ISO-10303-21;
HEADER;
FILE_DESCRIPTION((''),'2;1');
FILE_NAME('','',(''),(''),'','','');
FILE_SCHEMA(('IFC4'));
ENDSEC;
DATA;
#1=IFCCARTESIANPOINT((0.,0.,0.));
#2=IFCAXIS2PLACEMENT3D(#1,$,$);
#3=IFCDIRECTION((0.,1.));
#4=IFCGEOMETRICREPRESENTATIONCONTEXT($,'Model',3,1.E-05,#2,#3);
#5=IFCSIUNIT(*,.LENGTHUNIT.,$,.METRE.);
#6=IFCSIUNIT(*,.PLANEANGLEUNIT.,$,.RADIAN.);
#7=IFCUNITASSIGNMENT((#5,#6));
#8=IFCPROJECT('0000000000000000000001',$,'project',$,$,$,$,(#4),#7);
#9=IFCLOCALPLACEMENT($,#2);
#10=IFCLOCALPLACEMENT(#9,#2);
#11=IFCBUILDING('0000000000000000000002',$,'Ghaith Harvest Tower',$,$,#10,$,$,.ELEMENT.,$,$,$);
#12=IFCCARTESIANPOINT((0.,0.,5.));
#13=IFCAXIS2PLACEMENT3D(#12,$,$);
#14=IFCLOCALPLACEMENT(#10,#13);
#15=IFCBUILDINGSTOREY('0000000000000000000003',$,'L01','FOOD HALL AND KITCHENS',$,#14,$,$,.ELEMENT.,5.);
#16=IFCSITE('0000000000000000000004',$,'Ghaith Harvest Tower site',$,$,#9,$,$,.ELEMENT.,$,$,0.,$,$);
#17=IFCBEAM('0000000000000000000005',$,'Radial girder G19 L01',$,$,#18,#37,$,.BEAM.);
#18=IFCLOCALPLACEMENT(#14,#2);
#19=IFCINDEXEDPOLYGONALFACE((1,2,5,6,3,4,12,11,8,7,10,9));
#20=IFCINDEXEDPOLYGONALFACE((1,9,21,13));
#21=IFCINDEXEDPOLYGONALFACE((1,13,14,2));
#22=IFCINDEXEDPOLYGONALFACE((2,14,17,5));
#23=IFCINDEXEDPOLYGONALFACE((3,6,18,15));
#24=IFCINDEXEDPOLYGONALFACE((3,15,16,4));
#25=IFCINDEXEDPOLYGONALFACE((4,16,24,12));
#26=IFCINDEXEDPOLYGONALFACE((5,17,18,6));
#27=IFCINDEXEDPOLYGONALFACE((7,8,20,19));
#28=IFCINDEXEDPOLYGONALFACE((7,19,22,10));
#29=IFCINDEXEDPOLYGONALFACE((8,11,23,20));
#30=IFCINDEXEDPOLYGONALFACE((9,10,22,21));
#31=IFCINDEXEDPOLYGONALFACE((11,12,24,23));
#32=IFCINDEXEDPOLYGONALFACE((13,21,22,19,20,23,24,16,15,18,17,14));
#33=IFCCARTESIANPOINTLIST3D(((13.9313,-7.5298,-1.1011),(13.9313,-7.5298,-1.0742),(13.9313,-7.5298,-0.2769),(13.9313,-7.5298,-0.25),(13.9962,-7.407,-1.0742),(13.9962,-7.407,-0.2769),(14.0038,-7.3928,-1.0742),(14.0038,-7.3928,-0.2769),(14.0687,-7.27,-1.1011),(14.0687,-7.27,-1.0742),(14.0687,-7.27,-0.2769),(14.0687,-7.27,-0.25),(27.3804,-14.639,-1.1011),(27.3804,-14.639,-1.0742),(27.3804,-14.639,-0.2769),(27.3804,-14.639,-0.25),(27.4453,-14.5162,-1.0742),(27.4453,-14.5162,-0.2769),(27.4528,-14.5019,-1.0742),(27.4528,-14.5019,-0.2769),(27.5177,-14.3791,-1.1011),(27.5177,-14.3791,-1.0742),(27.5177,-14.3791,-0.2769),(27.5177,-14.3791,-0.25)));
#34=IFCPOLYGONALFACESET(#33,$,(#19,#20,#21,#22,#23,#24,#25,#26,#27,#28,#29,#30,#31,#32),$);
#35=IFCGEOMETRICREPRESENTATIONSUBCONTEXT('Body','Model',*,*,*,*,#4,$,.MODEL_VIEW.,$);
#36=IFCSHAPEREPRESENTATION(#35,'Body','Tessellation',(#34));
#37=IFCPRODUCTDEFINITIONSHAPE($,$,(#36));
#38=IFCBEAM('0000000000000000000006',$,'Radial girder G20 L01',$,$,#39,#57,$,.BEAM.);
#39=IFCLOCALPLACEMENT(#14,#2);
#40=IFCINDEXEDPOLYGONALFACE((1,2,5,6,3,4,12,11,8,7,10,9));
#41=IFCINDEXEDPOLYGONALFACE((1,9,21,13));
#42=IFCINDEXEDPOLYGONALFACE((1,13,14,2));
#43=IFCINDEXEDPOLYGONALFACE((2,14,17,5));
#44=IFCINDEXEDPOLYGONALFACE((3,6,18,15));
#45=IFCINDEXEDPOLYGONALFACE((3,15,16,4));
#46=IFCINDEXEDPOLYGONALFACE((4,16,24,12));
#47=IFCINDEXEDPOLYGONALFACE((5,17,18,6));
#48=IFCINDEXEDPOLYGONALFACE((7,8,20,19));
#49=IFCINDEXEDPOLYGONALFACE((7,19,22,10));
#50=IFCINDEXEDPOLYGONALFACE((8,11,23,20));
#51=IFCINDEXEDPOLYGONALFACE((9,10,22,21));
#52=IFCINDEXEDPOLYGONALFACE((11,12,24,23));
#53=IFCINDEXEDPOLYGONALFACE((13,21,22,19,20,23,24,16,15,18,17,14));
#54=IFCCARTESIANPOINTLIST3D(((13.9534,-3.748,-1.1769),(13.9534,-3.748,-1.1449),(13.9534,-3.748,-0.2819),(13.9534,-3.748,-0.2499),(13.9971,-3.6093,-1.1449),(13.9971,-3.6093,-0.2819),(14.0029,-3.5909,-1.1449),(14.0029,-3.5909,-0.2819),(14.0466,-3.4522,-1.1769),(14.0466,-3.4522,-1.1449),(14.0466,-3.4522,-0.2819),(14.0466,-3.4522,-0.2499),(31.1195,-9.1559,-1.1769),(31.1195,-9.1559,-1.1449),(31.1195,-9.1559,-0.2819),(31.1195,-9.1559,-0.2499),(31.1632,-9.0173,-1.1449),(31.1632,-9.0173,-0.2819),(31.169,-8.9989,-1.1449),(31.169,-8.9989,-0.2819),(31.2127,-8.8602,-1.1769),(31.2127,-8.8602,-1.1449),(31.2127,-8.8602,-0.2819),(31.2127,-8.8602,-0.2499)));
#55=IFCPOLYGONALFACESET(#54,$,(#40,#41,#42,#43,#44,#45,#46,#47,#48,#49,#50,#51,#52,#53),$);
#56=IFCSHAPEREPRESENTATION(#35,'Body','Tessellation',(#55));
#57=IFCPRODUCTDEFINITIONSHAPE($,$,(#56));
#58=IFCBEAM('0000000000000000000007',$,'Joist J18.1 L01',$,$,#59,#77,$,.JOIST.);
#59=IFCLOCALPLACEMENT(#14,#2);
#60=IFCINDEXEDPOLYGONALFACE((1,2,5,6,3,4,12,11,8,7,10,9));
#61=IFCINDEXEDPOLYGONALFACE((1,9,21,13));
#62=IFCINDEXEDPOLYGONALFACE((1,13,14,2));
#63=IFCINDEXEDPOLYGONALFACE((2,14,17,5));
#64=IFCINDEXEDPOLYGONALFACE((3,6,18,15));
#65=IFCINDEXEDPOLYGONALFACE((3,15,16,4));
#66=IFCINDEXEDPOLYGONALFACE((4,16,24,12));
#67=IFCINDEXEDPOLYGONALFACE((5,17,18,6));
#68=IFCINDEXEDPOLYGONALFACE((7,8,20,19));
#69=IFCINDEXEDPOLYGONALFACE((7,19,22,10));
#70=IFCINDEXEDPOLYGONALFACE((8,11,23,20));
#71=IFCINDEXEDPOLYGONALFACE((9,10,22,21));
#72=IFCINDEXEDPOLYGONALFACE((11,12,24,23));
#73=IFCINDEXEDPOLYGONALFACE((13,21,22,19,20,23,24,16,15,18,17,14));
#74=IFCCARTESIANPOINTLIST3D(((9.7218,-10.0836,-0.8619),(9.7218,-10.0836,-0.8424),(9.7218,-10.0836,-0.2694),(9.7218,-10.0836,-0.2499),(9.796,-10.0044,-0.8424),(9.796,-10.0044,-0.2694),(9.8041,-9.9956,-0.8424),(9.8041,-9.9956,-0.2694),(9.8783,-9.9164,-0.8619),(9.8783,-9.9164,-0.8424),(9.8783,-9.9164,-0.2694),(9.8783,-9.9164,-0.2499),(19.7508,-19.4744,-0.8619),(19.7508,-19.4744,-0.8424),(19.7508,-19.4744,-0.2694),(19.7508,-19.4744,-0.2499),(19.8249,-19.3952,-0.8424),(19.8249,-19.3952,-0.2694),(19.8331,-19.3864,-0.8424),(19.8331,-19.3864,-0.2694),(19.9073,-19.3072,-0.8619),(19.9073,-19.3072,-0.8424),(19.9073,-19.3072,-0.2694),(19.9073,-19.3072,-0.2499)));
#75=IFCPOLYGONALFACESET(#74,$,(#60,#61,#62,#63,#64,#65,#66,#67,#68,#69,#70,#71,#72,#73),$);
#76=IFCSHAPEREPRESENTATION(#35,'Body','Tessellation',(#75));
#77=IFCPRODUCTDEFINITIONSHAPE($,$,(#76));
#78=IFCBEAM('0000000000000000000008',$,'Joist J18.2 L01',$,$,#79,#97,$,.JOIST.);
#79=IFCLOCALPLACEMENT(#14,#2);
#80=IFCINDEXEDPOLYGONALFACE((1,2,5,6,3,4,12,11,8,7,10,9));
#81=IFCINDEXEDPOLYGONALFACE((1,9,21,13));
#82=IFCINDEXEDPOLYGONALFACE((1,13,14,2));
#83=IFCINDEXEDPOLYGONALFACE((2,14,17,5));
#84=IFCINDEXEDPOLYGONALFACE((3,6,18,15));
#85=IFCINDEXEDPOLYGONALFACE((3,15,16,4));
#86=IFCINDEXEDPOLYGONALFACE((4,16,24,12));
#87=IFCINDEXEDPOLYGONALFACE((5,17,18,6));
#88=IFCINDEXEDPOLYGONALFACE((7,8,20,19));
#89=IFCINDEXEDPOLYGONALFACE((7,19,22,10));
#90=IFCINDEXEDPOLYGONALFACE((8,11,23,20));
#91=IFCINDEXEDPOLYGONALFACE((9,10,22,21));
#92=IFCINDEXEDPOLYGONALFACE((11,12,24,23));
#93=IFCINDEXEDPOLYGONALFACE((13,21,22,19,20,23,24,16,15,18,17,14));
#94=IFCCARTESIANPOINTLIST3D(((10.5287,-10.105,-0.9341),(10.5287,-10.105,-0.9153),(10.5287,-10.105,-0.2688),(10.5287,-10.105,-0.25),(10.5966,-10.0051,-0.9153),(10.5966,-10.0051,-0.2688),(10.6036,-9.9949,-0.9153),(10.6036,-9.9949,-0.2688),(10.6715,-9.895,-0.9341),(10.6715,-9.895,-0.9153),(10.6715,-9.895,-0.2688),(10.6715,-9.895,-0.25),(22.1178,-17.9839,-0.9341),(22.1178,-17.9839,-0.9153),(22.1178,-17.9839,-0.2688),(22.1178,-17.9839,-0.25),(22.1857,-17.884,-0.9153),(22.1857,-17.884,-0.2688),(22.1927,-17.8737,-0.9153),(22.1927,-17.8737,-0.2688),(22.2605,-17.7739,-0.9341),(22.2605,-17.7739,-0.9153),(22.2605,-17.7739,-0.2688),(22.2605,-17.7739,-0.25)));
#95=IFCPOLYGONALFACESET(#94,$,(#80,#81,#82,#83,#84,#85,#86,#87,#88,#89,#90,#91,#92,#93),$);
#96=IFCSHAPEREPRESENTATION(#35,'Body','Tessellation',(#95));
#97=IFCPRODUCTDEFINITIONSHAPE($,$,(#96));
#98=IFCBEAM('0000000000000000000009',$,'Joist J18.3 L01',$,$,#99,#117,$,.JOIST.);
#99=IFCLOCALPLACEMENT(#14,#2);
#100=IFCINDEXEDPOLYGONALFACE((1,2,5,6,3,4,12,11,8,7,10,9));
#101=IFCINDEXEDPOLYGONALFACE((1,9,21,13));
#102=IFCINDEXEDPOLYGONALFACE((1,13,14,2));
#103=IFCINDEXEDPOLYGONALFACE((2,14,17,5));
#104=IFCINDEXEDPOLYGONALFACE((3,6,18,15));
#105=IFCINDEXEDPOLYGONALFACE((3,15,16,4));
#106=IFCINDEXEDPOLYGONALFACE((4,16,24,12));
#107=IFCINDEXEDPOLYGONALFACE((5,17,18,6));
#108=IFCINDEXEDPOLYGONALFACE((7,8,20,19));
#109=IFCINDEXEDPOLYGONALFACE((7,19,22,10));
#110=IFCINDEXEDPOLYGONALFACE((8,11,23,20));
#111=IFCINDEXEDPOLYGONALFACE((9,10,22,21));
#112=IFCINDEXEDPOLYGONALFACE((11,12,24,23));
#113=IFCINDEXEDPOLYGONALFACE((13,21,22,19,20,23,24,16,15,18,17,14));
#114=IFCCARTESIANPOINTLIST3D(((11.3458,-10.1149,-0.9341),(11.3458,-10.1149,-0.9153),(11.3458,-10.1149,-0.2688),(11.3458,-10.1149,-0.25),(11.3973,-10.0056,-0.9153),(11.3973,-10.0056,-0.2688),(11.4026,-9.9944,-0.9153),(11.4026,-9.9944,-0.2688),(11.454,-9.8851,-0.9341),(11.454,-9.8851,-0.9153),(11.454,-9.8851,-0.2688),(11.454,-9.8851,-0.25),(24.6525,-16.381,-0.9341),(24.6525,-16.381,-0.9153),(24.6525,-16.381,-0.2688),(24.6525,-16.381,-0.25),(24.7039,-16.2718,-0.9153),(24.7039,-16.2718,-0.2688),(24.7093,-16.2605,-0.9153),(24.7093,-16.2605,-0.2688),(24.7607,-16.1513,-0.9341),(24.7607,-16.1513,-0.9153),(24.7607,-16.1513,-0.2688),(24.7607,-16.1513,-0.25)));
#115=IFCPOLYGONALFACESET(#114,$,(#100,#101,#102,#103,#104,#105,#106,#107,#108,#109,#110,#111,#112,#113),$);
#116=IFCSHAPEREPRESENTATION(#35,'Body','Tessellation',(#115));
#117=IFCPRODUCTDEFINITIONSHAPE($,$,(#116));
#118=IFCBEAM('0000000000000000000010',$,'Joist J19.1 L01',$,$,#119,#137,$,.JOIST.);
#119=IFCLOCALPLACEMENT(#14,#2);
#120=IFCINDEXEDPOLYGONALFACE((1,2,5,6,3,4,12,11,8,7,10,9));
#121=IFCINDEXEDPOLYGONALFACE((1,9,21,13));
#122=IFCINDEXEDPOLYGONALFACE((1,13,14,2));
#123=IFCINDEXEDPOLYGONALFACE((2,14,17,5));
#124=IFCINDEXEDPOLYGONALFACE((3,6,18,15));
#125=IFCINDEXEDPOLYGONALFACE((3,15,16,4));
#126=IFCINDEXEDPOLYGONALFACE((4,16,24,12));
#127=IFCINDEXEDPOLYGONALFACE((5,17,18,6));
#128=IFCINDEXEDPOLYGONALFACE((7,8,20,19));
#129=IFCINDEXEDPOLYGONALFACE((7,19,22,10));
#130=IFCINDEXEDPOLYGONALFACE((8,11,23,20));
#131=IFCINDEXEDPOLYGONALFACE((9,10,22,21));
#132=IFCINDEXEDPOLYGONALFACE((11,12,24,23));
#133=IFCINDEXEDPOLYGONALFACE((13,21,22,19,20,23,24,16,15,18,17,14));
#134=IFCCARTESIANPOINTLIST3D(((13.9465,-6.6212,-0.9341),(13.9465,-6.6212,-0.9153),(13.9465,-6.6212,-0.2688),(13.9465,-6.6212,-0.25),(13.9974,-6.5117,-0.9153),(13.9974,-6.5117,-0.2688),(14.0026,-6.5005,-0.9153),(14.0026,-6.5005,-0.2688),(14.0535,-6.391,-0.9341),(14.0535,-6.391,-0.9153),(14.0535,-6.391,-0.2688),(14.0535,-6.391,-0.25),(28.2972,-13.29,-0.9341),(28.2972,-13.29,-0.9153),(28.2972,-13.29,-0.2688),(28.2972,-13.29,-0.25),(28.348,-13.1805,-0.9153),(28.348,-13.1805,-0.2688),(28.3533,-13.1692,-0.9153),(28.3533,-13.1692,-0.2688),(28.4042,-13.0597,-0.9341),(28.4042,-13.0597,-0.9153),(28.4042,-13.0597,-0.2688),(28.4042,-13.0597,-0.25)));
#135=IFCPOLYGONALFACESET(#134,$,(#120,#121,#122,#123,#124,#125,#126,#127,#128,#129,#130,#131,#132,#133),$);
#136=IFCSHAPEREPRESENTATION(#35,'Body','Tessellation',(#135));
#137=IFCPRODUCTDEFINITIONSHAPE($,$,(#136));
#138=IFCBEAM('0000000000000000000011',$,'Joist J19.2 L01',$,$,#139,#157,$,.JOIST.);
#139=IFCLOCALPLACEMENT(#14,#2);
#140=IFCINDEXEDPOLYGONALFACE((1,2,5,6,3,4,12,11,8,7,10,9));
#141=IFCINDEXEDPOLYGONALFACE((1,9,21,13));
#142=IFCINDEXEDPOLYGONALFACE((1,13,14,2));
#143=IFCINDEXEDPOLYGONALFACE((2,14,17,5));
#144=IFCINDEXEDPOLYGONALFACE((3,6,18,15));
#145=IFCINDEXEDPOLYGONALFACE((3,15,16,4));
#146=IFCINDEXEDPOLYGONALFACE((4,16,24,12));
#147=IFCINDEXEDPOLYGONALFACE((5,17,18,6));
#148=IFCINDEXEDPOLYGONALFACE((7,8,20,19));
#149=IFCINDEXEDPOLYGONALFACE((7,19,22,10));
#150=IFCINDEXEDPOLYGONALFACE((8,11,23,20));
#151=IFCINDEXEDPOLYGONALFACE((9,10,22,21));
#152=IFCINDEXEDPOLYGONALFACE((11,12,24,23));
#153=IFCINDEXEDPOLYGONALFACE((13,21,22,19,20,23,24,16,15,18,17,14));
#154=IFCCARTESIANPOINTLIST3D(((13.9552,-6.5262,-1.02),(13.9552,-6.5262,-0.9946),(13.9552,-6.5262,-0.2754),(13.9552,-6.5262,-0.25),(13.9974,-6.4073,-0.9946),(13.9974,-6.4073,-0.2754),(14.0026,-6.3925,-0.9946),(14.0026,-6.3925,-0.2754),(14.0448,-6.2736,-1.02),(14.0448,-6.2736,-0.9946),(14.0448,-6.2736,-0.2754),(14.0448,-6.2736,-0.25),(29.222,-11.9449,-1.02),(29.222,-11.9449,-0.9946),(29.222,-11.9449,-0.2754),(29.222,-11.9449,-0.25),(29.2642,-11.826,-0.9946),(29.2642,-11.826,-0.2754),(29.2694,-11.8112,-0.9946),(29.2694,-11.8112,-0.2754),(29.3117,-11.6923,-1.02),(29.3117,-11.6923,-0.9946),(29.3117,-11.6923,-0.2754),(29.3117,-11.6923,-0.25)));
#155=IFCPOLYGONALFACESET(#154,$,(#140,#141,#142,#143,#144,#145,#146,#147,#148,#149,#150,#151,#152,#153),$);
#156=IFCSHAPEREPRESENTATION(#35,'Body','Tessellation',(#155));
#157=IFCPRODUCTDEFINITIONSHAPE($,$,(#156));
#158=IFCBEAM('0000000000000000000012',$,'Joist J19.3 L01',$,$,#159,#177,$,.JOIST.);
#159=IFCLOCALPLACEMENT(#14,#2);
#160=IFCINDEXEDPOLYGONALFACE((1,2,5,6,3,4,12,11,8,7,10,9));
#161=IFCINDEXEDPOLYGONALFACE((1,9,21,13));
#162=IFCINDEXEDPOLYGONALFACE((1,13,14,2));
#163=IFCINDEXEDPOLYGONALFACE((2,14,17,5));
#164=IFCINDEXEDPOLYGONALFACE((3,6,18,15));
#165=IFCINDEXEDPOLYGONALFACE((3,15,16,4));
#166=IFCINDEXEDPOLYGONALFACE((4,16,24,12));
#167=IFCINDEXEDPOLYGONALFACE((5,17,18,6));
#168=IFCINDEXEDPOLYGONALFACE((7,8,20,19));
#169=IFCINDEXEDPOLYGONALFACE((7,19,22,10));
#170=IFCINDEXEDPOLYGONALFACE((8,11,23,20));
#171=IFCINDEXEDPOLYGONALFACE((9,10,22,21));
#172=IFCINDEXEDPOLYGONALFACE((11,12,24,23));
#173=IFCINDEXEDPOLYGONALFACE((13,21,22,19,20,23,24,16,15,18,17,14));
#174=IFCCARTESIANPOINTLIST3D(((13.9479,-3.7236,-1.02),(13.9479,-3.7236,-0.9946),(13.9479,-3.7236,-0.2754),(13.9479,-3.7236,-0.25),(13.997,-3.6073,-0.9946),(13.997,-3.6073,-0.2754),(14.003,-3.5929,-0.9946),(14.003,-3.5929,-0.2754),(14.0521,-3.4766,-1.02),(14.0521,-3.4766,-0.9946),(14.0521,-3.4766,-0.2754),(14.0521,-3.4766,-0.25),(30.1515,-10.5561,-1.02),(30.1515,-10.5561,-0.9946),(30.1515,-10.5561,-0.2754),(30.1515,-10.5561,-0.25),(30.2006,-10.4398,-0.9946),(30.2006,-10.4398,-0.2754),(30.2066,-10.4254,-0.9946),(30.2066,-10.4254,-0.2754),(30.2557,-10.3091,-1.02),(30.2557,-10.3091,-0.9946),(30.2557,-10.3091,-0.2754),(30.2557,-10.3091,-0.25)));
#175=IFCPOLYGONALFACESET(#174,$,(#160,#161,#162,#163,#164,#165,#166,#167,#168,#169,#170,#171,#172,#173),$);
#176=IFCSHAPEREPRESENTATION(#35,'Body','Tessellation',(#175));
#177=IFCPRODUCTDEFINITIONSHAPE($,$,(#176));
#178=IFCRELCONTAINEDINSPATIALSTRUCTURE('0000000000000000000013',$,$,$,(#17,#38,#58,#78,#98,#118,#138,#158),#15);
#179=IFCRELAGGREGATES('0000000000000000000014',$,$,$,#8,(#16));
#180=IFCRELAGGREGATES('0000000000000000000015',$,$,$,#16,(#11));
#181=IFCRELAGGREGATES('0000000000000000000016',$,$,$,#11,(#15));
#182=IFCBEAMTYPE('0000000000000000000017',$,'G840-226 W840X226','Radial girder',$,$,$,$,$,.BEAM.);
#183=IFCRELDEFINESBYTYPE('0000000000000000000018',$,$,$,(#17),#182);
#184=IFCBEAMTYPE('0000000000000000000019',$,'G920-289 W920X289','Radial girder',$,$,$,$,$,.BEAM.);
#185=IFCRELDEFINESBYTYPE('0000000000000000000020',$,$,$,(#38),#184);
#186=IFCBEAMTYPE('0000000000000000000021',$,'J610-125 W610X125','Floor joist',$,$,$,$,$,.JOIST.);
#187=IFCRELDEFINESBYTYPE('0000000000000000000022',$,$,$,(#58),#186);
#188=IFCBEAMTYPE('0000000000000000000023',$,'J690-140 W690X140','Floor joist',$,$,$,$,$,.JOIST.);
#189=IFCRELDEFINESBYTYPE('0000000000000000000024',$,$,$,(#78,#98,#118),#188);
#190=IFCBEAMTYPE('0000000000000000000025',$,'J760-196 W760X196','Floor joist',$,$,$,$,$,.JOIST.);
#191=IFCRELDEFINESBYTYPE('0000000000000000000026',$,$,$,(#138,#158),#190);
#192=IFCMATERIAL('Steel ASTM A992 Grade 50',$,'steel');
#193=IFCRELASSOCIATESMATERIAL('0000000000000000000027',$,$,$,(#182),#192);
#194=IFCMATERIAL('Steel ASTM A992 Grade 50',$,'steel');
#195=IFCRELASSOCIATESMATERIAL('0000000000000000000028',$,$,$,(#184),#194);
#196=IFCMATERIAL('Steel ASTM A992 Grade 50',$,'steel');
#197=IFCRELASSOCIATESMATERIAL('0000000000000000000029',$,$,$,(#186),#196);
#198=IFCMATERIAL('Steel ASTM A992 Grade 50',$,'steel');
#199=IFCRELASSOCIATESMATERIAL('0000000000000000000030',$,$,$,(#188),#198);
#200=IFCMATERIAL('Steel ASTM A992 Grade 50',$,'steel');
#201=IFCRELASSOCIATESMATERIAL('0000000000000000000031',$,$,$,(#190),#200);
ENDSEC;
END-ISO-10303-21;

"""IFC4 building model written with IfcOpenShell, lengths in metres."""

from ifc_helpers import new_model, si_unit, direction, frame, origin, origin_2d, place, context, subcontext, project, spatial, i_section, extrude, material, material_profile, profile_set, type_object, element, save


model = new_model("IFC4")

# Units and contexts
model_context = context("Model", 3, precision=1e-05, world=origin(), true_north=direction((0.0, 1.0)))
body_context = subcontext(model_context, "Body", "Model", "MODEL_VIEW")
ifc_project = project(units=[si_unit("LENGTHUNIT", "METRE"), si_unit("PLANEANGLEUNIT", "RADIAN")], contexts=[model_context])

# Site, building, storey
site_placement = place(None, origin())
site = spatial("IfcSite", under=ifc_project, at=site_placement, Name="Ghaith Harvest Tower site", CompositionType="ELEMENT", RefElevation=0.0)
building_placement = place(site_placement, origin())
building = spatial("IfcBuilding", under=site, at=building_placement, Name="Ghaith Harvest Tower", CompositionType="ELEMENT")
storey_placement = place(building_placement, frame((0.0, 0.0, 5.0)))
storey = spatial("IfcBuildingStorey", under=building, at=storey_placement, Name="L01", Description="FOOD HALL AND KITCHENS", CompositionType="ELEMENT", Elevation=5.0)

# Beams
ifc_material_1 = material(Name="Steel ASTM A992 Grade 50", Category="steel")
ifc_material_profile_1 = material_profile(ifc_material_1, i_section(OverallWidth=0.2939, OverallDepth=0.8511, WebThickness=0.0161, FlangeThickness=0.0269, at=origin_2d()), Name="W840X226")
ifc_profile_set_1 = profile_set([ifc_material_profile_1], Name="Steel ASTM A992 Grade 50")
beam_type_1 = type_object("IfcBeamType", Name="G840-226 W840X226", Description="Radial girder", PredefinedType="BEAM", material=ifc_profile_set_1)
beam_1_placement = place(storey_placement, frame((14.0, -7.3999, -0.6755), z_axis=(0.884084, -0.467327, 0.0), x_axis=(0.467327, 0.884084, 0.0)))
element("IfcBeam", 1, at=beam_1_placement, inside=storey, type_object=beam_type_1, Name="Radial girder G19 L01", PredefinedType="BEAM", context=body_context, shape_type="SweptSolid", body=[
    extrude(i_section(OverallWidth=0.2939, OverallDepth=0.8511, WebThickness=0.0161, FlangeThickness=0.0269, at=origin_2d()), origin(), (0.0, 0.0, 1.0), 15.2124),
])
ifc_material_2 = material(Name="Steel ASTM A992 Grade 50", Category="steel")
ifc_material_profile_2 = material_profile(ifc_material_2, i_section(OverallWidth=0.3101, OverallDepth=0.927, WebThickness=0.0193, FlangeThickness=0.032, at=origin_2d()), Name="W920X289")
ifc_profile_set_2 = profile_set([ifc_material_profile_2], Name="Steel ASTM A992 Grade 50")
beam_type_2 = type_object("IfcBeamType", Name="G920-289 W920X289", Description="Radial girder", PredefinedType="BEAM", material=ifc_profile_set_2)
beam_2_placement = place(storey_placement, frame((14.0, -3.6001, -0.7134), z_axis=(0.953788, -0.30048, 0.0), x_axis=(0.30048, 0.953788, 0.0)))
element("IfcBeam", 2, at=beam_2_placement, inside=storey, type_object=beam_type_2, Name="Radial girder G20 L01", PredefinedType="BEAM", context=body_context, shape_type="SweptSolid", body=[
    extrude(i_section(OverallWidth=0.3101, OverallDepth=0.927, WebThickness=0.0193, FlangeThickness=0.032, at=origin_2d()), origin(), (0.0, 0.0, 1.0), 17.9978),
])
ifc_material_3 = material(Name="Steel ASTM A992 Grade 50", Category="steel")
ifc_material_profile_3 = material_profile(ifc_material_3, i_section(OverallWidth=0.229, OverallDepth=0.6121, WebThickness=0.012, FlangeThickness=0.0195, at=origin_2d()), Name="W610X125")
ifc_profile_set_3 = profile_set([ifc_material_profile_3], Name="Steel ASTM A992 Grade 50")
beam_type_3 = type_object("IfcBeamType", Name="J610-125 W610X125", Description="Floor joist", PredefinedType="JOIST", material=ifc_profile_set_3)
beam_3_placement = place(storey_placement, frame((9.8, -10.0, -0.5559), z_axis=(0.72995, -0.683501, 0.0), x_axis=(0.683501, 0.72995, 0.0)))
element("IfcBeam", 3, at=beam_3_placement, inside=storey, type_object=beam_type_3, Name="Joist J18.1 L01", PredefinedType="JOIST", context=body_context, shape_type="SweptSolid", body=[
    extrude(i_section(OverallWidth=0.229, OverallDepth=0.6121, WebThickness=0.012, FlangeThickness=0.0195, at=origin_2d()), origin(), (0.0, 0.0, 1.0), 13.7393),
])
ifc_material_4 = material(Name="Steel ASTM A992 Grade 50", Category="steel")
ifc_material_profile_4 = material_profile(ifc_material_4, i_section(OverallWidth=0.2539, OverallDepth=0.6841, WebThickness=0.0125, FlangeThickness=0.0188, at=origin_2d()), Name="W690X140")
ifc_profile_set_4 = profile_set([ifc_material_profile_4], Name="Steel ASTM A992 Grade 50")
beam_type_4 = type_object("IfcBeamType", Name="J690-140 W690X140", Description="Floor joist", PredefinedType="JOIST", material=ifc_profile_set_4)
beam_4_placement = place(storey_placement, frame((10.6001, -10.0, -0.592), z_axis=(0.826983, -0.562228, 0.0), x_axis=(0.562228, 0.826983, 0.0)))
element("IfcBeam", 4, at=beam_4_placement, inside=storey, type_object=beam_type_4, Name="Joist J18.2 L01", PredefinedType="JOIST", context=body_context, shape_type="SweptSolid", body=[
    extrude(i_section(OverallWidth=0.2539, OverallDepth=0.6841, WebThickness=0.0125, FlangeThickness=0.0188, at=origin_2d()), origin(), (0.0, 0.0, 1.0), 14.0137),
])
beam_5_placement = place(storey_placement, frame((11.3999, -10.0, -0.592), z_axis=(0.90471, -0.426029, 0.0), x_axis=(0.426029, 0.90471, 0.0)))
element("IfcBeam", 5, at=beam_5_placement, inside=storey, type_object=beam_type_4, Name="Joist J18.3 L01", PredefinedType="JOIST", context=body_context, shape_type="SweptSolid", body=[
    extrude(i_section(OverallWidth=0.2539, OverallDepth=0.6841, WebThickness=0.0125, FlangeThickness=0.0188, at=origin_2d()), origin(), (0.0, 0.0, 1.0), 14.7083),
])
beam_6_placement = place(storey_placement, frame((14.0, -6.5061, -0.592), z_axis=(0.906866, -0.42142, 0.0), x_axis=(0.42142, 0.906866, 0.0)))
element("IfcBeam", 6, at=beam_6_placement, inside=storey, type_object=beam_type_4, Name="Joist J19.1 L01", PredefinedType="JOIST", context=body_context, shape_type="SweptSolid", body=[
    extrude(i_section(OverallWidth=0.2539, OverallDepth=0.6841, WebThickness=0.0125, FlangeThickness=0.0188, at=origin_2d()), origin(), (0.0, 0.0, 1.0), 15.8245),
])
ifc_material_5 = material(Name="Steel ASTM A992 Grade 50", Category="steel")
ifc_material_profile_5 = material_profile(ifc_material_5, i_section(OverallWidth=0.2681, OverallDepth=0.77, WebThickness=0.0156, FlangeThickness=0.0254, at=origin_2d()), Name="W760X196")
ifc_profile_set_5 = profile_set([ifc_material_profile_5], Name="Steel ASTM A992 Grade 50")
beam_type_5 = type_object("IfcBeamType", Name="J760-196 W760X196", Description="Floor joist", PredefinedType="JOIST", material=ifc_profile_set_5)
beam_7_placement = place(storey_placement, frame((14.0, -6.3999, -0.635), z_axis=(0.9424, -0.334488, 0.0), x_axis=(0.334488, 0.9424, 0.0)))
element("IfcBeam", 7, at=beam_7_placement, inside=storey, type_object=beam_type_5, Name="Joist J19.2 L01", PredefinedType="JOIST", context=body_context, shape_type="SweptSolid", body=[
    extrude(i_section(OverallWidth=0.2681, OverallDepth=0.77, WebThickness=0.0156, FlangeThickness=0.0254, at=origin_2d()), origin(), (0.0, 0.0, 1.0), 16.2),
])
beam_8_placement = place(storey_placement, frame((14.0, -3.6001, -0.635), z_axis=(0.921433, -0.388537, 0.0), x_axis=(0.388537, 0.921433, 0.0)))
element("IfcBeam", 8, at=beam_8_placement, inside=storey, type_object=beam_type_5, Name="Joist J19.3 L01", PredefinedType="JOIST", context=body_context, shape_type="SweptSolid", body=[
    extrude(i_section(OverallWidth=0.2681, OverallDepth=0.77, WebThickness=0.0156, FlangeThickness=0.0254, at=origin_2d()), origin(), (0.0, 0.0, 1.0), 17.5852),
])

save(model, "model.ifc")
